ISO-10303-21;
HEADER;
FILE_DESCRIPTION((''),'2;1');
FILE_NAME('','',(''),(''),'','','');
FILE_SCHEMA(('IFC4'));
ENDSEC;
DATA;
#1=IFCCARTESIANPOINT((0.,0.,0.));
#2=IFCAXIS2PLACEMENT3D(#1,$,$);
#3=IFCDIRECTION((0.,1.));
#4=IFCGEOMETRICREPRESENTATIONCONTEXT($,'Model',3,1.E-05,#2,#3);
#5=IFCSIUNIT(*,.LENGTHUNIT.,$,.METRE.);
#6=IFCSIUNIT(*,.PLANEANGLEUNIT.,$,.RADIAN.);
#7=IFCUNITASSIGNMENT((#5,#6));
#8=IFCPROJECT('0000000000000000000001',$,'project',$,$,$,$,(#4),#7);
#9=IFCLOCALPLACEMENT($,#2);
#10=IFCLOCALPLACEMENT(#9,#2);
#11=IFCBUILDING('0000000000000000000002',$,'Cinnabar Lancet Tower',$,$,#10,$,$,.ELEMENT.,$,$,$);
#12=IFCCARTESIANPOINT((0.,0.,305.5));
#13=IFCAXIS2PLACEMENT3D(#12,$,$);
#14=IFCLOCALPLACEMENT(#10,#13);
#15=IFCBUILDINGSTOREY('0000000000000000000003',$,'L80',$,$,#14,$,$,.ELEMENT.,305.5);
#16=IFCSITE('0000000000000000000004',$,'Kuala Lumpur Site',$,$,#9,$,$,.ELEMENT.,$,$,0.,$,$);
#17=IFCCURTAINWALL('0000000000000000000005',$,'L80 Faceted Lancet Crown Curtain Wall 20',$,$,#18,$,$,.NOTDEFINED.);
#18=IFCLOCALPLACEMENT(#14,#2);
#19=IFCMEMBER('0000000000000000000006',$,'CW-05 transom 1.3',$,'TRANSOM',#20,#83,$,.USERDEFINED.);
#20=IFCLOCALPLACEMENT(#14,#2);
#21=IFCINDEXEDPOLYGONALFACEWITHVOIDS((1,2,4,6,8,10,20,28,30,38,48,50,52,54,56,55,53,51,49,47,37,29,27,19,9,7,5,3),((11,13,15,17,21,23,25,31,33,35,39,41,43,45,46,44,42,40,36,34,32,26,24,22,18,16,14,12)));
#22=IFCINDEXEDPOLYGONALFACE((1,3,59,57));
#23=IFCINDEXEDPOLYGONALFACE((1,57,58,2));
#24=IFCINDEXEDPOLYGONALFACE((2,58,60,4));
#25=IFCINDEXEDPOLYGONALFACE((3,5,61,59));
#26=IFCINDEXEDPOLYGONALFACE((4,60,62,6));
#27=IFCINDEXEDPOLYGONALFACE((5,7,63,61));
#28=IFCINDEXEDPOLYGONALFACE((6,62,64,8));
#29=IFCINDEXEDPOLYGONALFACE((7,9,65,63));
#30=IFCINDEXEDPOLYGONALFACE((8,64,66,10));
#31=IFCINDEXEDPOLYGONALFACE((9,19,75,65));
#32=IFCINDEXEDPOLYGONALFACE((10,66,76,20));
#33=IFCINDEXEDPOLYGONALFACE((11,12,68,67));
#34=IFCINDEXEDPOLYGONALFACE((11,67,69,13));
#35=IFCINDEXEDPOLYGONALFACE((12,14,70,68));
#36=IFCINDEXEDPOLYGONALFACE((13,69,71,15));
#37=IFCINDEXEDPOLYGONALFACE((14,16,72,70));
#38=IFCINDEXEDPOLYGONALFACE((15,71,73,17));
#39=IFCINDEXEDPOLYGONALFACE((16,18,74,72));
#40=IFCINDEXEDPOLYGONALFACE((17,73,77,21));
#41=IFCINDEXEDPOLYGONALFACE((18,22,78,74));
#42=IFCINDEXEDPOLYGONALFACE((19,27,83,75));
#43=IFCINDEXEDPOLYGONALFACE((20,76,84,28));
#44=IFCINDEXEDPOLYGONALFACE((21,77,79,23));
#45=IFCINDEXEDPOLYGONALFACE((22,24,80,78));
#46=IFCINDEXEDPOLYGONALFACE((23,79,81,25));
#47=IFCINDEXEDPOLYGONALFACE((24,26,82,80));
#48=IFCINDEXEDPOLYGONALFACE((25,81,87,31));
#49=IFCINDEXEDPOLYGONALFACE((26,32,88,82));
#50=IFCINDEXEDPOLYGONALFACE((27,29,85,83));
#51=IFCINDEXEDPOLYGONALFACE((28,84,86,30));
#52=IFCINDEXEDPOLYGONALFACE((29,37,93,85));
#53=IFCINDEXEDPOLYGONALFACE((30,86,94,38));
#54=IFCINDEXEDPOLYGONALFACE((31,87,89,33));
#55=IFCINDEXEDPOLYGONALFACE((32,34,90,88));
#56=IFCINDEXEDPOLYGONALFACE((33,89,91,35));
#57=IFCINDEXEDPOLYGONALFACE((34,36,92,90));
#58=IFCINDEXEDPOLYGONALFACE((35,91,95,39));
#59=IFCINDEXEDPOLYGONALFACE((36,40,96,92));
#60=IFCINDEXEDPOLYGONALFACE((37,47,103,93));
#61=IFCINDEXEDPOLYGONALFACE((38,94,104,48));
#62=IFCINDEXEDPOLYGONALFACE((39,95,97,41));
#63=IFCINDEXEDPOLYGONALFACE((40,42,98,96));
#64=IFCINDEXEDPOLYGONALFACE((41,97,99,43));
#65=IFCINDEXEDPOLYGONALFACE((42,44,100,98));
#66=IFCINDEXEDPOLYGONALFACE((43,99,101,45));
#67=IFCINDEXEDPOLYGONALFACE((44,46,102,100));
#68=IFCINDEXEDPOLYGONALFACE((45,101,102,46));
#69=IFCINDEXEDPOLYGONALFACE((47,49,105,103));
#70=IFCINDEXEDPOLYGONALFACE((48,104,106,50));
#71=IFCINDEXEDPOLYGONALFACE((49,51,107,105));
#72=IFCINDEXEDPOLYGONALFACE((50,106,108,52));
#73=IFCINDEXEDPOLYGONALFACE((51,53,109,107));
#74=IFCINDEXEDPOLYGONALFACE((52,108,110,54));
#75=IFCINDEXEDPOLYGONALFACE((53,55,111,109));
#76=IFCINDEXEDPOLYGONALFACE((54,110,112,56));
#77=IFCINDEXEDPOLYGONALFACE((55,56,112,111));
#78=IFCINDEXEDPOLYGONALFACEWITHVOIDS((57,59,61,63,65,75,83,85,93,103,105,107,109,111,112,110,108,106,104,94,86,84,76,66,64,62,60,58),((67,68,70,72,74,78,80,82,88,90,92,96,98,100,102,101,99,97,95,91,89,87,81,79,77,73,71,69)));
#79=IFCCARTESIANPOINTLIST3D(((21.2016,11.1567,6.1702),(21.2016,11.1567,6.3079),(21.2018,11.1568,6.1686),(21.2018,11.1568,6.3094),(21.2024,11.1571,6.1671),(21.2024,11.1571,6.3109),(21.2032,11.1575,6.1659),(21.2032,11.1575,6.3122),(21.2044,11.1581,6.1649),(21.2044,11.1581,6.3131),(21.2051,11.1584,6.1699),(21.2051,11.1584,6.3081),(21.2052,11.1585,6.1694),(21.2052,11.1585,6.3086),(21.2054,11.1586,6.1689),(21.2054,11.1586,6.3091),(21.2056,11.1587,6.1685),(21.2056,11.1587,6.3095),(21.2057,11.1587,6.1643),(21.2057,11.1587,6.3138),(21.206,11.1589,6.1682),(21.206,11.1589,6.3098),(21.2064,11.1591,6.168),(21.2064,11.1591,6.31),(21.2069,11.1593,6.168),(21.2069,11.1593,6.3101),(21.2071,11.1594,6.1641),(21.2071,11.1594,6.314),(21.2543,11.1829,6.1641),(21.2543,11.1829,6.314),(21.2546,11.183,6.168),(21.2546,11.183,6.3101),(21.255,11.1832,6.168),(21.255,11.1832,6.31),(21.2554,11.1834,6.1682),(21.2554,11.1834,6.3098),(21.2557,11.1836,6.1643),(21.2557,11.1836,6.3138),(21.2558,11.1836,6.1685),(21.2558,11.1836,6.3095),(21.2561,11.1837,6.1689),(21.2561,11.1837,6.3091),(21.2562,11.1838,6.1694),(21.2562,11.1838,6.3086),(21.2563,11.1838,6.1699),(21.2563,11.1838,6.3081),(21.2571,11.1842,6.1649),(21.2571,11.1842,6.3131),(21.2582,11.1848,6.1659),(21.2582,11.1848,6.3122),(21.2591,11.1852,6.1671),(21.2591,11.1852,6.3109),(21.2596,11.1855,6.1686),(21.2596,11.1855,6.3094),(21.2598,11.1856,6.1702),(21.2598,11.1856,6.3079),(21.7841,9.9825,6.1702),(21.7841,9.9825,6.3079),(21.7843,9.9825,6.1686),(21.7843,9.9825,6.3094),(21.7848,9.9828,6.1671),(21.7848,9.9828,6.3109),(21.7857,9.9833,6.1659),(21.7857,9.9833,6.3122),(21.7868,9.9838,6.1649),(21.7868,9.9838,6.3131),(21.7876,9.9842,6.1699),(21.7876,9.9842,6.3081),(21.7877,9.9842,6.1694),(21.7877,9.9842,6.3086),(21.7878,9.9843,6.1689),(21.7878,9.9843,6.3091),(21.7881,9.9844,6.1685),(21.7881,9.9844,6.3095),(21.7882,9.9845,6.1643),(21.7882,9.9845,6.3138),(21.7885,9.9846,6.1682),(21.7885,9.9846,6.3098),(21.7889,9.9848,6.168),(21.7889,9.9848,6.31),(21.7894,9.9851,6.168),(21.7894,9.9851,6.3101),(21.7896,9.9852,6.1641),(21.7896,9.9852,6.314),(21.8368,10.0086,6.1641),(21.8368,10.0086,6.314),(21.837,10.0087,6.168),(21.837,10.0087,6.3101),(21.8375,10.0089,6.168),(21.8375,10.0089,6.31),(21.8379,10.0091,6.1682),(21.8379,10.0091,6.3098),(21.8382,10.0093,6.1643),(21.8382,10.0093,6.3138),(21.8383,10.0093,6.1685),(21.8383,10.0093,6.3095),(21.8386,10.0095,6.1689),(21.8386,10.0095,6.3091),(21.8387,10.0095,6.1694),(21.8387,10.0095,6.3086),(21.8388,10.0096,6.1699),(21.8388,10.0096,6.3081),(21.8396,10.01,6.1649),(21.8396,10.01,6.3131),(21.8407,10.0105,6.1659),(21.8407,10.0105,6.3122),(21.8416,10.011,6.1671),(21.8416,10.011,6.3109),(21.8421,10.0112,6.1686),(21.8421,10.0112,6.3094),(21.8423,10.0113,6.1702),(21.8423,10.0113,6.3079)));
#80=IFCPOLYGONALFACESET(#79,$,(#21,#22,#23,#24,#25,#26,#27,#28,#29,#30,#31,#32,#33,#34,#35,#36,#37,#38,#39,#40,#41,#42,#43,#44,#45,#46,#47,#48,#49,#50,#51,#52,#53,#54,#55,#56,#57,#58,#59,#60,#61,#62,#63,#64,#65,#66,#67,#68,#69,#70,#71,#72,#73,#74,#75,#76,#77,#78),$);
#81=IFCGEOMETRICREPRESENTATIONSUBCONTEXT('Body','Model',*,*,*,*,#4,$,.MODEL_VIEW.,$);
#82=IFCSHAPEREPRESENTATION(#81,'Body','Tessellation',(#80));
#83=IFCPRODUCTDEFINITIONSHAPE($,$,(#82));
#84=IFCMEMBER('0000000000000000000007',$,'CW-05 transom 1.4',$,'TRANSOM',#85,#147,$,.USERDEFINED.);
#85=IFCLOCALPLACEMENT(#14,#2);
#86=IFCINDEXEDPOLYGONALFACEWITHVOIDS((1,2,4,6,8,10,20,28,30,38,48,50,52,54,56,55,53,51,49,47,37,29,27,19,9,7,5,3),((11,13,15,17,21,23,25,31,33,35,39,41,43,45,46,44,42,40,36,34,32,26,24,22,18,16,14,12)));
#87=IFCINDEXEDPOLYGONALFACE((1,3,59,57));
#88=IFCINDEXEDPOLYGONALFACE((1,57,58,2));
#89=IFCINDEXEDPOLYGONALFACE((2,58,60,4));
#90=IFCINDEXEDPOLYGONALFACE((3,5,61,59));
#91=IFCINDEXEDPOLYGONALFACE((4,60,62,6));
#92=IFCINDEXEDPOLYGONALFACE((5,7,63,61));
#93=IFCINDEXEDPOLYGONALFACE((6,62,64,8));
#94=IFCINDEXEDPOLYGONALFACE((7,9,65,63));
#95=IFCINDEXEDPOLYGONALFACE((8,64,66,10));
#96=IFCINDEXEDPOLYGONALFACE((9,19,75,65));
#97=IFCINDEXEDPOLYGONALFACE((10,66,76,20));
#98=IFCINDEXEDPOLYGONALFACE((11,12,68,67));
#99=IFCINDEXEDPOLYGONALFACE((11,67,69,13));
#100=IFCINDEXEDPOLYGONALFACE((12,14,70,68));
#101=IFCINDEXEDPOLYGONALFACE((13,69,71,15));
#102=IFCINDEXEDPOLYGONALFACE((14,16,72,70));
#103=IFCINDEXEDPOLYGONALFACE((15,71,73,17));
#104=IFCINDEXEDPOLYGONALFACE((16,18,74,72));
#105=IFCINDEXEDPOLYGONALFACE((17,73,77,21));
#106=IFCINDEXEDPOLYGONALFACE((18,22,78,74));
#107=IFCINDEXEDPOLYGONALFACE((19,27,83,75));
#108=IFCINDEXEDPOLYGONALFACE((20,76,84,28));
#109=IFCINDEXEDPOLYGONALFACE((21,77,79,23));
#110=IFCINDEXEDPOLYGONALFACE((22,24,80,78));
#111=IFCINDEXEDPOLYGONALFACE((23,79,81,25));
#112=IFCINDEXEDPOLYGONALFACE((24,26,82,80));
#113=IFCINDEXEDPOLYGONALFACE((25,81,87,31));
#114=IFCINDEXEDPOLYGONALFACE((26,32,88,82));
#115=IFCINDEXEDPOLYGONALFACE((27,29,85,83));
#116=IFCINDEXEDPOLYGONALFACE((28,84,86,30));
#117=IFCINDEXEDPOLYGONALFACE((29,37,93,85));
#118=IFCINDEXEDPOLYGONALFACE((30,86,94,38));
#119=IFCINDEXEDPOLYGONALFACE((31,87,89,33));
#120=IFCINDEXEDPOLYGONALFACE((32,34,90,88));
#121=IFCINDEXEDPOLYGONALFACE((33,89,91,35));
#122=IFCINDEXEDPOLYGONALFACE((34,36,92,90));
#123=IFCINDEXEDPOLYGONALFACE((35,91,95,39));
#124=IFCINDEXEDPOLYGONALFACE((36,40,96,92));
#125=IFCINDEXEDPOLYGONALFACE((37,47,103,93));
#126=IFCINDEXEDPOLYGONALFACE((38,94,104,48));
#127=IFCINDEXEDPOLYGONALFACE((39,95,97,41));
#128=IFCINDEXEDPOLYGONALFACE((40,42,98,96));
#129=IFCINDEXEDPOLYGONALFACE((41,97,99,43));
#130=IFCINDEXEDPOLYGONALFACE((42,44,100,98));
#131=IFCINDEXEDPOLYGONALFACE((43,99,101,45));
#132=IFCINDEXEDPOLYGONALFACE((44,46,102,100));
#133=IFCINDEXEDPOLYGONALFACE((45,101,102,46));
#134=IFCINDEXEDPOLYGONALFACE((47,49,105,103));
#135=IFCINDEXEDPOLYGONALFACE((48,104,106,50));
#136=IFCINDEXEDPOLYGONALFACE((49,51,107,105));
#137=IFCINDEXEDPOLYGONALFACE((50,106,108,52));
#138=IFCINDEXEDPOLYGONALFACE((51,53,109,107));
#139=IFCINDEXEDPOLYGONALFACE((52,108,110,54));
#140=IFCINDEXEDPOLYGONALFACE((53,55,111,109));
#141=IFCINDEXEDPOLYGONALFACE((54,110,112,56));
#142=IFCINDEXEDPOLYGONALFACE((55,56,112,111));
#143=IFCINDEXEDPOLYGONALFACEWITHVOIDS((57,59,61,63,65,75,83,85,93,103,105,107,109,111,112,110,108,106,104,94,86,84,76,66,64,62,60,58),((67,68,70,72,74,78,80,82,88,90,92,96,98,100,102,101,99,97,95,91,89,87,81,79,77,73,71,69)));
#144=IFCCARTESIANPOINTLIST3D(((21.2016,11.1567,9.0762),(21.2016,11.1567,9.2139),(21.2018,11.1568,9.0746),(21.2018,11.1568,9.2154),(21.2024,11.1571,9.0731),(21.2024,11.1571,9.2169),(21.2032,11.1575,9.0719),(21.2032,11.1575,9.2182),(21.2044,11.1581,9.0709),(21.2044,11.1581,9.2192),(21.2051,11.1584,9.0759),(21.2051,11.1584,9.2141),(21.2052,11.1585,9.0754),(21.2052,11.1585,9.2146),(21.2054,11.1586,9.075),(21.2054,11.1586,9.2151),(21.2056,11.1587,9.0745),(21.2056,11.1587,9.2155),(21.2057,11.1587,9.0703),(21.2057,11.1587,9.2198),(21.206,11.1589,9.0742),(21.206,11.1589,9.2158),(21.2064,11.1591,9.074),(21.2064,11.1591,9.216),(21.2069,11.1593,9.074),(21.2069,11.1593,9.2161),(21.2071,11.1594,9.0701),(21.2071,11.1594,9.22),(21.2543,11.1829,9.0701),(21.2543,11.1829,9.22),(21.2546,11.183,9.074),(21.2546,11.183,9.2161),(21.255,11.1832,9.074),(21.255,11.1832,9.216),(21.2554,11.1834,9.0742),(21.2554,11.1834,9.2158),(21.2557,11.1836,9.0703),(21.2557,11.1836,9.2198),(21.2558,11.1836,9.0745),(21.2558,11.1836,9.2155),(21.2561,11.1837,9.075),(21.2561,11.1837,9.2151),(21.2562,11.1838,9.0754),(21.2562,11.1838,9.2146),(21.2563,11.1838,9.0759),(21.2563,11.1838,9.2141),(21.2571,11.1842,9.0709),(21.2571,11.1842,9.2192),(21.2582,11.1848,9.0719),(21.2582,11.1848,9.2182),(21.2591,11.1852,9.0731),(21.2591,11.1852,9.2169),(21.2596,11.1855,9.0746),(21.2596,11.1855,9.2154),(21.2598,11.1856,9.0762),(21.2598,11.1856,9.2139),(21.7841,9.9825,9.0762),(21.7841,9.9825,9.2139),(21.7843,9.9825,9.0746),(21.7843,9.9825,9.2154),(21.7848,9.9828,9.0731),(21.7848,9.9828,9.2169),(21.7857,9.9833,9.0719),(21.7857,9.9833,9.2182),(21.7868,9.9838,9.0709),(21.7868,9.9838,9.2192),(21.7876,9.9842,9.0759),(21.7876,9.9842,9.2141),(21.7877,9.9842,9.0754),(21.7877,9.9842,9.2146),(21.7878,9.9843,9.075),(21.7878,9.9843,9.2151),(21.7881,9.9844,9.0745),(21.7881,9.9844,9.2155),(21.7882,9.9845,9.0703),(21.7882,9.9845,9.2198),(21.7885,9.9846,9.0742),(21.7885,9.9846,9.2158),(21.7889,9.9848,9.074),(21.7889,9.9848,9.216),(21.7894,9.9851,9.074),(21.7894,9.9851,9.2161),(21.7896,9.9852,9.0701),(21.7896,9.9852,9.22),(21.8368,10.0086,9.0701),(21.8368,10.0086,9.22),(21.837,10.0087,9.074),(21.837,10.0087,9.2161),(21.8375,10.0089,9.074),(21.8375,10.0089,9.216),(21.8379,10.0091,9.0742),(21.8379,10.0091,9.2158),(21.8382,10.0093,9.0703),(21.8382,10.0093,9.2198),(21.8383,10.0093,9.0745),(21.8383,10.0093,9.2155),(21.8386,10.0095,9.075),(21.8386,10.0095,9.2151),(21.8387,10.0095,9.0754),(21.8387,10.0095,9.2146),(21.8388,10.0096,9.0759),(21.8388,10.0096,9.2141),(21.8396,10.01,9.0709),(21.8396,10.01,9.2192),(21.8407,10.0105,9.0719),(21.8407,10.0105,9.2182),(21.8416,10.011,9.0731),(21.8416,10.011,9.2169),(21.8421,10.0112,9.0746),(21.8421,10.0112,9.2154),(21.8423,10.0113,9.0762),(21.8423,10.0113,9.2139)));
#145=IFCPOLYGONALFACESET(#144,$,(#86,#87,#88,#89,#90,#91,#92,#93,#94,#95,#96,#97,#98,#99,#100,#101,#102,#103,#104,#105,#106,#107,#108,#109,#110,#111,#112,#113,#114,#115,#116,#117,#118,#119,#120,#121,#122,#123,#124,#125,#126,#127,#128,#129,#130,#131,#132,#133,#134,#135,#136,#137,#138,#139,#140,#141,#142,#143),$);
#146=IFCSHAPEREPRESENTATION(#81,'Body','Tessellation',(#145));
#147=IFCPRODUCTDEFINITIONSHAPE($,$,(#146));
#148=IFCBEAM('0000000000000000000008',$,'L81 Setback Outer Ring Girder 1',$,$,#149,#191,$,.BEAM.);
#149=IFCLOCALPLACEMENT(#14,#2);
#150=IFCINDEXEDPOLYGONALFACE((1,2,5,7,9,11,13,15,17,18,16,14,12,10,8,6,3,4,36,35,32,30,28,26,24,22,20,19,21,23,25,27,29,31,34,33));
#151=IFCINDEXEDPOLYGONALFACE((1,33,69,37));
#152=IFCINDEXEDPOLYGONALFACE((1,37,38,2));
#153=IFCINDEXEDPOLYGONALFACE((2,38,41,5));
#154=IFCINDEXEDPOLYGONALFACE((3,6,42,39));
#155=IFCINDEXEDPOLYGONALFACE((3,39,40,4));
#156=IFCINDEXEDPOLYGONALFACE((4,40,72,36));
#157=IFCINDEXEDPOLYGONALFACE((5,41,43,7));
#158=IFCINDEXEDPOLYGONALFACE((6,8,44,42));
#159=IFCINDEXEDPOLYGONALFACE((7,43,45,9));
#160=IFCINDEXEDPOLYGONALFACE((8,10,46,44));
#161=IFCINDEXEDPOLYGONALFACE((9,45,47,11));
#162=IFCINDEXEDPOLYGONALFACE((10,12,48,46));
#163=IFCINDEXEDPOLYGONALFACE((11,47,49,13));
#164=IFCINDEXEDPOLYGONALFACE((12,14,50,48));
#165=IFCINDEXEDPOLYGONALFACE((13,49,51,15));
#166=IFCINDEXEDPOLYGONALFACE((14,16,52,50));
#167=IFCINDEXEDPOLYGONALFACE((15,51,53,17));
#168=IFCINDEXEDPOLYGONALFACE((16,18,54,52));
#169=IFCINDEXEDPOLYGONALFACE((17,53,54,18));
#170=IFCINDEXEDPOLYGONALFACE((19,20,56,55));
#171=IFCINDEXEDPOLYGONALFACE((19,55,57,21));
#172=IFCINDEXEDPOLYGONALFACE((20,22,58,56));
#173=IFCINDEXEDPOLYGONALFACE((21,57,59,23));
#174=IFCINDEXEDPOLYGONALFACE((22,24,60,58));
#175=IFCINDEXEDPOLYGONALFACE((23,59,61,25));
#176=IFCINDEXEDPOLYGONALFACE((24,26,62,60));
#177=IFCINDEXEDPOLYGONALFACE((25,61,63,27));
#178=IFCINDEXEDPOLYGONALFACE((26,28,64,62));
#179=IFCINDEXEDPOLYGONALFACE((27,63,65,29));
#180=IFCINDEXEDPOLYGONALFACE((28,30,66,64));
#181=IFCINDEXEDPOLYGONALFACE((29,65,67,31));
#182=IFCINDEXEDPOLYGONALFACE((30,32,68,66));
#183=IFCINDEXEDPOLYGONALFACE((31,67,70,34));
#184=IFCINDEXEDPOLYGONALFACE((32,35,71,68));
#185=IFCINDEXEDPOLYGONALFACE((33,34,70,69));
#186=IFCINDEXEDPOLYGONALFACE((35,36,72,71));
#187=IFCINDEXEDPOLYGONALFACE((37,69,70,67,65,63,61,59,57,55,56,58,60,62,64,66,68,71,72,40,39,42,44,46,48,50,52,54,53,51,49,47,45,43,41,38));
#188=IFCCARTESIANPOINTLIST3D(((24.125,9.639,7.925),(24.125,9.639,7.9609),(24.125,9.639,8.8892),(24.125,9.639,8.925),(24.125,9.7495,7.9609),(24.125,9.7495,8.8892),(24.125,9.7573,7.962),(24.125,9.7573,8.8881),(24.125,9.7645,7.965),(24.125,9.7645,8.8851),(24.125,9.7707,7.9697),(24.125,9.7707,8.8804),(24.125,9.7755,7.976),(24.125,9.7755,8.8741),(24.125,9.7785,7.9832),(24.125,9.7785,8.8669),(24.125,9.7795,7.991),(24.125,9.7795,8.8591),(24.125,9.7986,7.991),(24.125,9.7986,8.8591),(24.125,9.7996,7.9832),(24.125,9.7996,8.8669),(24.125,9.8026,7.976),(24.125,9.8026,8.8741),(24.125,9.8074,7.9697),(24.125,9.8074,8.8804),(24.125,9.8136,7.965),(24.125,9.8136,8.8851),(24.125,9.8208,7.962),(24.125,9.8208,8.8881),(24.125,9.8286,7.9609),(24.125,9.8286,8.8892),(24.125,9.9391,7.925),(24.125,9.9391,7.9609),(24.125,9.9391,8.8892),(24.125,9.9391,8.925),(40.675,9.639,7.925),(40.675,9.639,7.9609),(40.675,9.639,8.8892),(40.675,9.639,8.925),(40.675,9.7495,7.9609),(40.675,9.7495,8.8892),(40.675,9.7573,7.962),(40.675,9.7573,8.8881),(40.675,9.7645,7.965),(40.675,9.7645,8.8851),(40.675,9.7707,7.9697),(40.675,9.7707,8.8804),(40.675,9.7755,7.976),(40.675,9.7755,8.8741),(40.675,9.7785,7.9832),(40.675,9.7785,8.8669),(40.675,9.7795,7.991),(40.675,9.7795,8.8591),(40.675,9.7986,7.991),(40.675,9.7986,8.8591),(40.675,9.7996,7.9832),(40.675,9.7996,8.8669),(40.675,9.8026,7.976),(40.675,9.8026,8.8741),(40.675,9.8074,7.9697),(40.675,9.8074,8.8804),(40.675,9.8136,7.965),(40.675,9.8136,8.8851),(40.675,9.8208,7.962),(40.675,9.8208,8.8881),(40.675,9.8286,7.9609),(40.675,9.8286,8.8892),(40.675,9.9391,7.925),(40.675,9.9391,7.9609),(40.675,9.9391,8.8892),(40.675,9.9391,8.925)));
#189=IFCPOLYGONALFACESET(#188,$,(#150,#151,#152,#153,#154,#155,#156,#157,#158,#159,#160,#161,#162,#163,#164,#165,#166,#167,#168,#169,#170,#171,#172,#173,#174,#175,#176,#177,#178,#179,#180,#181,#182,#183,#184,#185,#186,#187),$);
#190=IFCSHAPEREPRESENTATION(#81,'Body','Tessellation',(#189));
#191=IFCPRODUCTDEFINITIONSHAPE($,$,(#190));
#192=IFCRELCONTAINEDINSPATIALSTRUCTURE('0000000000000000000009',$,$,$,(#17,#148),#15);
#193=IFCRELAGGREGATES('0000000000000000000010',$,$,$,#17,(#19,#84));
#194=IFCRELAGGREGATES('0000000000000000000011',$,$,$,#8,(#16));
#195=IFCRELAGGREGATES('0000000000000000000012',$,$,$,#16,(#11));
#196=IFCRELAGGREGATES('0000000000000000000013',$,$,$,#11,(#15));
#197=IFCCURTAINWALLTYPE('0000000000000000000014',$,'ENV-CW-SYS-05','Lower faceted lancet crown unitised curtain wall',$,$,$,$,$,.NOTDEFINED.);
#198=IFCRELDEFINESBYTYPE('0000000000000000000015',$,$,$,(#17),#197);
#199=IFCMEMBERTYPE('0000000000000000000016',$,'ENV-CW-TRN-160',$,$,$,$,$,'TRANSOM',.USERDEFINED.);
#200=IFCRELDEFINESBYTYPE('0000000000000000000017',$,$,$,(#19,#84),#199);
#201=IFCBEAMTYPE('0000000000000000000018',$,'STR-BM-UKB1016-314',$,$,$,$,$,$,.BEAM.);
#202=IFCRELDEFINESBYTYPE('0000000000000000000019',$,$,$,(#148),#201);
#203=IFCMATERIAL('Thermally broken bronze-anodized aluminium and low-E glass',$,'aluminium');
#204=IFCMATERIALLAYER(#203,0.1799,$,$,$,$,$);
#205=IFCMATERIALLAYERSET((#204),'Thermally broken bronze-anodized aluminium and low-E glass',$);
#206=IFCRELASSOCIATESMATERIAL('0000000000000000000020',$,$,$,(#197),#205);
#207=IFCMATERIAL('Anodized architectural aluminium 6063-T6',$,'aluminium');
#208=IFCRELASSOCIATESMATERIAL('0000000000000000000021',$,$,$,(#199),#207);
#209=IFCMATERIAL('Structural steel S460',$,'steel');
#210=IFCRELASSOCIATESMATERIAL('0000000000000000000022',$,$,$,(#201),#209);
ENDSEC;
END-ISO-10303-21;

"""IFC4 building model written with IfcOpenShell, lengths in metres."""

from ifc_helpers import new_model, si_unit, direction, frame, origin, origin_2d, place, context, subcontext, project, spatial, hollow_rectangle, i_section, extrude, material, layer, layer_set, material_profile, profile_set, type_object, element, aggregate, save


model = new_model("IFC4")

# Units and contexts
model_context = context("Model", 3, precision=1e-05, world=origin(), true_north=direction((0.0, 1.0)))
body_context = subcontext(model_context, "Body", "Model", "MODEL_VIEW")
ifc_project = project(units=[si_unit("LENGTHUNIT", "METRE"), si_unit("PLANEANGLEUNIT", "RADIAN")], contexts=[model_context])

# Site, building, storey
site_placement = place(None, origin())
site = spatial("IfcSite", under=ifc_project, at=site_placement, Name="Kuala Lumpur Site", CompositionType="ELEMENT", RefElevation=0.0)
building_placement = place(site_placement, origin())
building = spatial("IfcBuilding", under=site, at=building_placement, Name="Cinnabar Lancet Tower", CompositionType="ELEMENT")
storey_placement = place(building_placement, frame((0.0, 0.0, 305.5)))
storey = spatial("IfcBuildingStorey", under=building, at=storey_placement, Name="L80", CompositionType="ELEMENT", Elevation=305.5)

# Shared definitions
ifc_material_1 = material(Name="Thermally broken bronze-anodized aluminium and low-E glass", Category="aluminium")
ifc_layer_1 = layer(ifc_material_1, 0.1799)
ifc_layer_set_1 = layer_set([ifc_layer_1], Name="Thermally broken bronze-anodized aluminium and low-E glass")
curtain_wall_type = type_object("IfcCurtainWallType", Name="ENV-CW-SYS-05", Description="Lower faceted lancet crown unitised curtain wall", PredefinedType="NOTDEFINED", material=ifc_layer_set_1)

# Curtain wall
curtain_wall_1_placement = place(storey_placement, origin())
curtain_wall_1 = element("IfcCurtainWall", 1, at=curtain_wall_1_placement, inside=storey, type_object=curtain_wall_type, Name="L80 Faceted Lancet Crown Curtain Wall 20", PredefinedType="NOTDEFINED")

# Members
ifc_material_2 = material(Name="Anodized architectural aluminium 6063-T6", Category="aluminium")
ifc_material_profile_1 = material_profile(ifc_material_2, hollow_rectangle(XDim=0.0649, YDim=0.1499, WallThickness=0.0039, InnerFilletRadius=0.002, OuterFilletRadius=0.0061, at=origin_2d()), Name="CW-TRN 150x65x4")
ifc_profile_set_1 = profile_set([ifc_material_profile_1], Name="Anodized architectural aluminium 6063-T6")
member_type_1 = type_object("IfcMemberType", Name="ENV-CW-TRN-160", ElementType="TRANSOM", PredefinedType="USERDEFINED", material=ifc_profile_set_1)
member_1_placement = place(storey_placement, frame((21.2307, 11.1711, 6.239), z_axis=(0.44438, -0.895838, 0.0), x_axis=(0.895838, 0.44438, 0.0)))
member_1 = element("IfcMember", 2, at=member_1_placement, type_object=member_type_1, Name="CW-05 transom 1.3", ObjectType="TRANSOM", PredefinedType="USERDEFINED", context=body_context, shape_type="SweptSolid", body=[
    extrude(hollow_rectangle(XDim=0.0649, YDim=0.1499, WallThickness=0.0039, InnerFilletRadius=0.002, OuterFilletRadius=0.0061, at=origin_2d()), origin(), (0.0, 0.0, 1.0), 1.3108),
])
member_2_placement = place(storey_placement, frame((21.2307, 11.1711, 9.145), z_axis=(0.44438, -0.895838, 0.0), x_axis=(0.895838, 0.44438, 0.0)))
member_2 = element("IfcMember", 3, at=member_2_placement, type_object=member_type_1, Name="CW-05 transom 1.4", ObjectType="TRANSOM", PredefinedType="USERDEFINED", context=body_context, shape_type="SweptSolid", body=[
    extrude(hollow_rectangle(XDim=0.0649, YDim=0.1499, WallThickness=0.0039, InnerFilletRadius=0.002, OuterFilletRadius=0.0061, at=origin_2d()), origin(), (0.0, 0.0, 1.0), 1.3108),
])

# Beam
ifc_material_3 = material(Name="Structural steel S460", Category="steel")
ifc_material_profile_2 = material_profile(ifc_material_3, i_section(OverallWidth=0.3, OverallDepth=1.0, WebThickness=0.019, FlangeThickness=0.0359, FilletRadius=0.03, at=origin_2d()), Name="UKB 1016x305x314")
ifc_profile_set_2 = profile_set([ifc_material_profile_2], Name="Structural steel S460")
beam_type = type_object("IfcBeamType", Name="STR-BM-UKB1016-314", PredefinedType="BEAM", material=ifc_profile_set_2)
beam_1_placement = place(storey_placement, frame((24.125, 9.7891, 8.425), z_axis=(1.0, 0.0, 0.0), x_axis=(0.0, 1.0, 0.0)))
element("IfcBeam", 4, at=beam_1_placement, inside=storey, type_object=beam_type, Name="L81 Setback Outer Ring Girder 1", PredefinedType="BEAM", context=body_context, shape_type="SweptSolid", body=[
    extrude(i_section(OverallWidth=0.3, OverallDepth=1.0, WebThickness=0.019, FlangeThickness=0.0359, FilletRadius=0.03, at=origin_2d()), origin(), (0.0, 0.0, 1.0), 16.55),
])

aggregate(curtain_wall_1, [member_1, member_2])

save(model, "model.ifc")
